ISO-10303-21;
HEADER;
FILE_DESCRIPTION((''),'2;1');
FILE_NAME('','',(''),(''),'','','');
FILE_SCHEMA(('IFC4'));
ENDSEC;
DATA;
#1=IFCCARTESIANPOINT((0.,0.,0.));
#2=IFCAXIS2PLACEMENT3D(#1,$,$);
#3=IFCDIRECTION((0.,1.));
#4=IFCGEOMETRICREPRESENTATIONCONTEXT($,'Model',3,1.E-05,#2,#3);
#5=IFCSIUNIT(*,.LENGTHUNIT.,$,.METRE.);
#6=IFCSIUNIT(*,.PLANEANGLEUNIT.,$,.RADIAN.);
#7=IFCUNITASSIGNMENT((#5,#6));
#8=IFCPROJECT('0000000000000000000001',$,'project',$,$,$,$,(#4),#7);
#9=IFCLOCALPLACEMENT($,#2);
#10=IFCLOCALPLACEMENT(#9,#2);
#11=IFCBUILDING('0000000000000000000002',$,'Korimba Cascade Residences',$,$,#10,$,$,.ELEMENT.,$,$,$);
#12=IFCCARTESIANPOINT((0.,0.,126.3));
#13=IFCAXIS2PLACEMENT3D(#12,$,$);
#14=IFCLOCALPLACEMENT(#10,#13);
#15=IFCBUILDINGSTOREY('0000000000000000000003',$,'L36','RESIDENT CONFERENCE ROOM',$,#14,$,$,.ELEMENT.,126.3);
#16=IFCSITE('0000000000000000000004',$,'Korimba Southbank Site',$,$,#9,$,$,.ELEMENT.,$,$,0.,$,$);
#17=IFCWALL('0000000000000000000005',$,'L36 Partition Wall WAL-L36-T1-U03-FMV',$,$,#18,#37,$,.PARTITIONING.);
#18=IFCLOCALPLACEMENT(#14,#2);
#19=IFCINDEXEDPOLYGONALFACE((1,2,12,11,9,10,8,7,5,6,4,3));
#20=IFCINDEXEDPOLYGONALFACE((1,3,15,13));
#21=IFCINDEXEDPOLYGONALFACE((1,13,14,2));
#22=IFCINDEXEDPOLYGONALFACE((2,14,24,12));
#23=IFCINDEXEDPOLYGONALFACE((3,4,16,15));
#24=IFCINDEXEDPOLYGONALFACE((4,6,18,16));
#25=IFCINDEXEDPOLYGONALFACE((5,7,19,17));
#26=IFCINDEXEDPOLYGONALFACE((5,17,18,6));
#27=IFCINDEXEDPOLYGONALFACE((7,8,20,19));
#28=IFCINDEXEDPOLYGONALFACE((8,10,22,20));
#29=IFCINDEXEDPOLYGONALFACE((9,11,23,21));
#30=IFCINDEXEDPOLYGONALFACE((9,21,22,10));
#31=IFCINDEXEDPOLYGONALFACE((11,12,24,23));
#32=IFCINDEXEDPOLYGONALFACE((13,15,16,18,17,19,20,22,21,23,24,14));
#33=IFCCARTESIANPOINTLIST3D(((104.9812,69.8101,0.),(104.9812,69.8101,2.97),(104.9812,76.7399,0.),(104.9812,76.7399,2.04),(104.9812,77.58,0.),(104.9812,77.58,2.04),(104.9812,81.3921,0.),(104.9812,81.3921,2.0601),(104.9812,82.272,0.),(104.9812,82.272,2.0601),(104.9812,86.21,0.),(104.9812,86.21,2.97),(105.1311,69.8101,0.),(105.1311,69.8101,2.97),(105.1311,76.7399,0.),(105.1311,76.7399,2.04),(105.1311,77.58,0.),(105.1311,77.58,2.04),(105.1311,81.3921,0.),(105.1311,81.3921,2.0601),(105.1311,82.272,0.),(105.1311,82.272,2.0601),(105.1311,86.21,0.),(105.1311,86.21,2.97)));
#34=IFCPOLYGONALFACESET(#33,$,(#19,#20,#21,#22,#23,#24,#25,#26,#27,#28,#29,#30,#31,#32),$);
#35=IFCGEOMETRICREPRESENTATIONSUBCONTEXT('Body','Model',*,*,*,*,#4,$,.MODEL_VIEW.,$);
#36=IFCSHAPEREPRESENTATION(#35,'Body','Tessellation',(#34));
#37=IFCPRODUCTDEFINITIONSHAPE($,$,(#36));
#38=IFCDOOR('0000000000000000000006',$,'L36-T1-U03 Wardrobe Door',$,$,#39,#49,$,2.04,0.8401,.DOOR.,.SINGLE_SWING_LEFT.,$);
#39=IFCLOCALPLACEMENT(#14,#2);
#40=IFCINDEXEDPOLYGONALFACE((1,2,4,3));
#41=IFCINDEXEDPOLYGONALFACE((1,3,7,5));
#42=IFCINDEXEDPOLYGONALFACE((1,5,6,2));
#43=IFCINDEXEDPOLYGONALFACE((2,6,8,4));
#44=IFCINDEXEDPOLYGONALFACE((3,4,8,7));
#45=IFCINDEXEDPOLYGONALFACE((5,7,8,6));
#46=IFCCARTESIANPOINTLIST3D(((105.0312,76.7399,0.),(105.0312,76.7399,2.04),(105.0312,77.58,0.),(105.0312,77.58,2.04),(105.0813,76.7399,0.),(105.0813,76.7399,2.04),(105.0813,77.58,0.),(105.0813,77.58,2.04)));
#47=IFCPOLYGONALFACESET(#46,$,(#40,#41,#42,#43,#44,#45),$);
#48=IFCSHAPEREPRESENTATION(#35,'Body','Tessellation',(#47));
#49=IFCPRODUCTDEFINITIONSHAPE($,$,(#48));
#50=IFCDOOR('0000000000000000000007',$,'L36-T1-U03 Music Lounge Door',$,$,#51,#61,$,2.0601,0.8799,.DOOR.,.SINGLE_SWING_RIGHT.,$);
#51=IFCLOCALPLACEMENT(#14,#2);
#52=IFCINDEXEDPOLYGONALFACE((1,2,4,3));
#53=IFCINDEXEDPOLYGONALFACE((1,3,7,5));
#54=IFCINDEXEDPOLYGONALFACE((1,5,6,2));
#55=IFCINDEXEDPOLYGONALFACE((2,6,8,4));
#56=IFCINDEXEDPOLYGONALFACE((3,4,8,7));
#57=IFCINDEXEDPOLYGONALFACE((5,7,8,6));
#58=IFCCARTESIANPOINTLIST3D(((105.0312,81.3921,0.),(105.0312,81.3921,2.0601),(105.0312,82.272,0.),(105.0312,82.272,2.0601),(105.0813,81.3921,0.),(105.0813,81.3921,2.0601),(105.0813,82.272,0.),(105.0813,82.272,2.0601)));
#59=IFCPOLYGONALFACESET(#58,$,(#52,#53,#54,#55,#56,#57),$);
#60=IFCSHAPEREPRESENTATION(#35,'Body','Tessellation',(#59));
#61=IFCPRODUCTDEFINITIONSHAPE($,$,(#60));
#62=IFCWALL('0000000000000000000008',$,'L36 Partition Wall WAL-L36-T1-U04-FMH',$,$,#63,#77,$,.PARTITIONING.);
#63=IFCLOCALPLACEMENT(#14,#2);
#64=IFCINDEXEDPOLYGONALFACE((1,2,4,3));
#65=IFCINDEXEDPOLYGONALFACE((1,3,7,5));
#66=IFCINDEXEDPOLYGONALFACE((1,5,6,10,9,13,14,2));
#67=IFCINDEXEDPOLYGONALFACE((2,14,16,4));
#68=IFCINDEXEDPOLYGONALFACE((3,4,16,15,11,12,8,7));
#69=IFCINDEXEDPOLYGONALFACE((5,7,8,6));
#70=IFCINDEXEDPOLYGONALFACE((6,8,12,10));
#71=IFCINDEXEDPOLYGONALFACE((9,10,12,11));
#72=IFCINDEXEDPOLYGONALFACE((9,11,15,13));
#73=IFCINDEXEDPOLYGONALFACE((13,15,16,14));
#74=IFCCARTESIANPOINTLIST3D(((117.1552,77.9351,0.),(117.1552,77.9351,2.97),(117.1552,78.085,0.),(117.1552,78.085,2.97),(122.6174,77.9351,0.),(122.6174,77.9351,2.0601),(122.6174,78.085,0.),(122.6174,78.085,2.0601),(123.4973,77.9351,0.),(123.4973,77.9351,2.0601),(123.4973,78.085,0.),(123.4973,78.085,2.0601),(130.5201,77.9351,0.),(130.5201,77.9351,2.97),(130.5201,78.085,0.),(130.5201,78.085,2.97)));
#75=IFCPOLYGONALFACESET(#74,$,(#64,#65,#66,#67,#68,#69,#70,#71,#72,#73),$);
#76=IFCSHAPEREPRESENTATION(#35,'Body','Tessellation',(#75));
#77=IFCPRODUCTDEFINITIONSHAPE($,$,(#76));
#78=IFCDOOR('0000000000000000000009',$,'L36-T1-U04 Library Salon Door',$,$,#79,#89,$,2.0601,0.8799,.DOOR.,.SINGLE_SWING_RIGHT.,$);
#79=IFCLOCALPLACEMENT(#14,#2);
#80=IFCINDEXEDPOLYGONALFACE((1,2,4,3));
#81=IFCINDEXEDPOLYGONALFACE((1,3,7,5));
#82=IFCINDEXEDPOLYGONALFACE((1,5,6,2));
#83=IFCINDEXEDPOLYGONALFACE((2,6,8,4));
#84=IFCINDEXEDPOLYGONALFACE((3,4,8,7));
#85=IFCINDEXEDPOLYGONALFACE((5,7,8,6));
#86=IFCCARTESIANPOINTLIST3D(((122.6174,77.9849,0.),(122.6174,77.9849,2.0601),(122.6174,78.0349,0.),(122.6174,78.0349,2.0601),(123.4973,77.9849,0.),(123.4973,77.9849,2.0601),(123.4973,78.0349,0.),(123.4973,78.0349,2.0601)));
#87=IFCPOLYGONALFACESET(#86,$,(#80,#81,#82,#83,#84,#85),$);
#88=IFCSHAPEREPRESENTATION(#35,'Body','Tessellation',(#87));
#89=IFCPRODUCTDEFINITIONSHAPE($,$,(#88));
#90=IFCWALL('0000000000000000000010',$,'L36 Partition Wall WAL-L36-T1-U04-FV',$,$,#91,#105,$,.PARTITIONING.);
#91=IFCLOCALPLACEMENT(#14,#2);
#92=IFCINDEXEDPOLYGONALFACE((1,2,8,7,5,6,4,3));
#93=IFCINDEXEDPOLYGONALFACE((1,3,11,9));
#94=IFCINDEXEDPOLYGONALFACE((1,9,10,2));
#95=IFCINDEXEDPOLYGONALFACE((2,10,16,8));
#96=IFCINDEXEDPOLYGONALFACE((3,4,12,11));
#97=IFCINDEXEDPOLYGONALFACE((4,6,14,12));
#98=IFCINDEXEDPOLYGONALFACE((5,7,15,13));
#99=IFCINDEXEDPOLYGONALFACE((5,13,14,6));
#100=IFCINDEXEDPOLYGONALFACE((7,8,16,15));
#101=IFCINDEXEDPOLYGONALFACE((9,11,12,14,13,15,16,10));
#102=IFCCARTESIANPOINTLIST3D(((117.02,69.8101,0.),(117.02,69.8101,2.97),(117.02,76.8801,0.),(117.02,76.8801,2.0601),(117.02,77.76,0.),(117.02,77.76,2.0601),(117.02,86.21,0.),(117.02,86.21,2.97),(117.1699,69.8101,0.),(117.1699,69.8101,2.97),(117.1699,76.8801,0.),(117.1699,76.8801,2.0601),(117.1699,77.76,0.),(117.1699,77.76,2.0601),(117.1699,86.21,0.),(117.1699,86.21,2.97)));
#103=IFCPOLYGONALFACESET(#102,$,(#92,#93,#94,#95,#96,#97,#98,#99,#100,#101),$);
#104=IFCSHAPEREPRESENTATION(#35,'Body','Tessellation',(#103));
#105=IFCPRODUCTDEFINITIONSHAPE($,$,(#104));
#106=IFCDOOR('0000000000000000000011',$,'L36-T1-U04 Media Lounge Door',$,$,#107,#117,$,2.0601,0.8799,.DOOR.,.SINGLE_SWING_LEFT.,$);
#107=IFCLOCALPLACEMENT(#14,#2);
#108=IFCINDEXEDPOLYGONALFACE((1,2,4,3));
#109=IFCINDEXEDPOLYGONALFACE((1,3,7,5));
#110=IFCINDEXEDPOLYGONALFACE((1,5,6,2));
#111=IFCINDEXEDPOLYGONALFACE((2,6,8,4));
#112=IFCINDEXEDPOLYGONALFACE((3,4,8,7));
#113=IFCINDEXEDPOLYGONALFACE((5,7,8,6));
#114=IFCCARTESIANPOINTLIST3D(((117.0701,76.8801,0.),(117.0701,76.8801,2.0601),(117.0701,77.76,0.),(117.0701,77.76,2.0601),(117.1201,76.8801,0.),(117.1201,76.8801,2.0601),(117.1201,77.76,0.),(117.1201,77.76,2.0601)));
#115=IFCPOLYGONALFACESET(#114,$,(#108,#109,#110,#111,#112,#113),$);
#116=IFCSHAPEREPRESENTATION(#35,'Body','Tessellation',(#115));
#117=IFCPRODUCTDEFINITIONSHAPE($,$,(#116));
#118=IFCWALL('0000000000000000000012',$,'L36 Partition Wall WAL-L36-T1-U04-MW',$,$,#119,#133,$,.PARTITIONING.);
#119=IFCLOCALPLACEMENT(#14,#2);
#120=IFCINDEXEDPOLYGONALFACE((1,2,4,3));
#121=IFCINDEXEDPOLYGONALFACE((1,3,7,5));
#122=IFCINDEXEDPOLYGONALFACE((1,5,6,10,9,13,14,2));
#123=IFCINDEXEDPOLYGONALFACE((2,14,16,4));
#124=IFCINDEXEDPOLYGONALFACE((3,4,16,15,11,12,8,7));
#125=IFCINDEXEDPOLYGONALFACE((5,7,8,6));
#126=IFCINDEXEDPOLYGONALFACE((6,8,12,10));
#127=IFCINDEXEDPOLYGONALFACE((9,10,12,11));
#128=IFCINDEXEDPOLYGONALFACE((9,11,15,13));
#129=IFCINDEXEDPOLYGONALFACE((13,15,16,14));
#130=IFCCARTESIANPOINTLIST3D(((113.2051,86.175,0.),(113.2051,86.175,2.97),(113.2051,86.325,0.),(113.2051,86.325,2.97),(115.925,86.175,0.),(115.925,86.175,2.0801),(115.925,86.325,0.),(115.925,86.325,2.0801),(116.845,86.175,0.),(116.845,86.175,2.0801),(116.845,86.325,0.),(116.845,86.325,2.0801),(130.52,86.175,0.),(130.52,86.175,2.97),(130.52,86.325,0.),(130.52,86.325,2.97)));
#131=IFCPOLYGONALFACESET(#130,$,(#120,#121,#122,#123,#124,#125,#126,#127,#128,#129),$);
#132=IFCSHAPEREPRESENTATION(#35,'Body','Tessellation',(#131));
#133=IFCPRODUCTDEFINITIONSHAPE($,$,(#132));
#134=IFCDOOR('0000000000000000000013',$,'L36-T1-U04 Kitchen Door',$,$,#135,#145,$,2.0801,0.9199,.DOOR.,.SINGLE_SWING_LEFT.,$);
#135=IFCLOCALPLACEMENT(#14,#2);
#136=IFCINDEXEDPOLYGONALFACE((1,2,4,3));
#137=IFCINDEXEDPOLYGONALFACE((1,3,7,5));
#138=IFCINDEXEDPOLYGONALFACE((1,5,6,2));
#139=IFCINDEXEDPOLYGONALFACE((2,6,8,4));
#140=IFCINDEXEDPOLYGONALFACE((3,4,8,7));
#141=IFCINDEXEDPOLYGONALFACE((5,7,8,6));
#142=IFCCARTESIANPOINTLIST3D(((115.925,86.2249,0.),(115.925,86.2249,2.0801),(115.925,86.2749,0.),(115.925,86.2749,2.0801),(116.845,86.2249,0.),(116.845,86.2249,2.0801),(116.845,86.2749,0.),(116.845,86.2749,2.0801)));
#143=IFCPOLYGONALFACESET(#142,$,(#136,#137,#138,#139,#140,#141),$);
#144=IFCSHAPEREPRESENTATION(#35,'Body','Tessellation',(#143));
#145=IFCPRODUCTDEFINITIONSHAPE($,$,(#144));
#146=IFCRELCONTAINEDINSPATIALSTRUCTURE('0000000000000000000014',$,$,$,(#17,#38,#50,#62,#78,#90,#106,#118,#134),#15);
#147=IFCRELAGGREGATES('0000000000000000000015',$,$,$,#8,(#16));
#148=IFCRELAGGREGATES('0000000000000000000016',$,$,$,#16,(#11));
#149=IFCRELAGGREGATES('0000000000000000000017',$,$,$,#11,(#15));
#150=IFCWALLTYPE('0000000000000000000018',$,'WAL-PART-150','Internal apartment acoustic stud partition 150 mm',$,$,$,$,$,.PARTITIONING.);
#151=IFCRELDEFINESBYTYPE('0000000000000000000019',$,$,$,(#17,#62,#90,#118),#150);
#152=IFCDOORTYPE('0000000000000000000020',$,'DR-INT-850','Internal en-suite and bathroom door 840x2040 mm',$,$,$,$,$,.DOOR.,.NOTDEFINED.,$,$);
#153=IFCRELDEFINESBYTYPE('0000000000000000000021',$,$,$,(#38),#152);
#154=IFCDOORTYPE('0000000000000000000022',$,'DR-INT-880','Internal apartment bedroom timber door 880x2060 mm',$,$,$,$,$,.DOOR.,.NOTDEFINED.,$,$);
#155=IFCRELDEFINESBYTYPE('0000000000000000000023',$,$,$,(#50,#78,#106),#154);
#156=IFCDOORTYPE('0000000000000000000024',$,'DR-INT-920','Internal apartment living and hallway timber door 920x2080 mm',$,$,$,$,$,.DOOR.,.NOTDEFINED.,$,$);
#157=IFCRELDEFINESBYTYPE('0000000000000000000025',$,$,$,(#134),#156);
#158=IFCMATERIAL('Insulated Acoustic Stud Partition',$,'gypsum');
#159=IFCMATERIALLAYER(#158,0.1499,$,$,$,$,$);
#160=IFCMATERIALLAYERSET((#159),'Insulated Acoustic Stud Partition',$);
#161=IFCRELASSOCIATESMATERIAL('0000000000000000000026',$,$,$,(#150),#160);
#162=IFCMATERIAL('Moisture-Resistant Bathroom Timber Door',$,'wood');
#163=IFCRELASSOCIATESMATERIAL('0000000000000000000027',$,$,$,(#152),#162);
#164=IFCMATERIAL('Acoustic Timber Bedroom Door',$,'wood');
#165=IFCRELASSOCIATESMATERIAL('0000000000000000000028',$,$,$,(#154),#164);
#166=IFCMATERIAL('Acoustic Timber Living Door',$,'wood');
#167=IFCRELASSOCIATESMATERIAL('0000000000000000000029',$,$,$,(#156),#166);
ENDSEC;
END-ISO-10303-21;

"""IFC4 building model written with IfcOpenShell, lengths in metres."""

from ifc_helpers import new_model, si_unit, direction, frame, frame_2d, origin, place, context, subcontext, project, spatial, rectangle, extrude, material, layer, layer_set, type_object, element, fill, save


model = new_model("IFC4")

# Units and contexts
model_context = context("Model", 3, precision=1e-05, world=origin(), true_north=direction((0.0, 1.0)))
body_context = subcontext(model_context, "Body", "Model", "MODEL_VIEW")
ifc_project = project(units=[si_unit("LENGTHUNIT", "METRE"), si_unit("PLANEANGLEUNIT", "RADIAN")], contexts=[model_context])

# Site, building, storey
site_placement = place(None, origin())
site = spatial("IfcSite", under=ifc_project, at=site_placement, Name="Korimba Southbank Site", CompositionType="ELEMENT", RefElevation=0.0)
building_placement = place(site_placement, origin())
building = spatial("IfcBuilding", under=site, at=building_placement, Name="Korimba Cascade Residences", CompositionType="ELEMENT")
storey_placement = place(building_placement, frame((0.0, 0.0, 126.3)))
storey = spatial("IfcBuildingStorey", under=building, at=storey_placement, Name="L36", Description="RESIDENT CONFERENCE ROOM", CompositionType="ELEMENT", Elevation=126.3)

# Wall, openings, doors
ifc_material_1 = material(Name="Insulated Acoustic Stud Partition", Category="gypsum")
ifc_layer_1 = layer(ifc_material_1, 0.1499)
ifc_layer_set_1 = layer_set([ifc_layer_1], Name="Insulated Acoustic Stud Partition")
wall_type_1 = type_object("IfcWallType", Name="WAL-PART-150", Description="Internal apartment acoustic stud partition 150 mm", PredefinedType="PARTITIONING", material=ifc_layer_set_1)
wall_1_placement = place(storey_placement, frame((105.0562, 69.8101, 0.0), z_axis=(0.0, 0.0, 1.0), x_axis=(0.0, 1.0, 0.0)))
wall_1 = element("IfcWall", 1, at=wall_1_placement, inside=storey, type_object=wall_type_1, Name="L36 Partition Wall WAL-L36-T1-U03-FMV", PredefinedType="PARTITIONING", context=body_context, shape_type="SweptSolid", body=[
    extrude(rectangle(XDim=16.3999, YDim=0.1499, at=frame_2d((8.2, 0.0))), origin(), (0.0, 0.0, 1.0), 2.97),
])
opening_1_placement = place(wall_1_placement, frame((6.9299, 0.0, 0.0)))
opening_1 = element("IfcOpeningElement", 2, at=opening_1_placement, cuts=wall_1, PredefinedType="OPENING", context=body_context, shape_type="SweptSolid", body=[
    extrude(rectangle(XDim=0.8401, YDim=2.04, at=frame_2d((0.4199, 1.02))), frame((0.0, 0.085, 0.0), z_axis=(0.0, -1.0, 0.0), x_axis=(1.0, 0.0, 0.0)), (0.0, 0.0, 1.0), 0.1699),
])
opening_2_placement = place(wall_1_placement, frame((11.582, 0.0, 0.0)))
opening_2 = element("IfcOpeningElement", 3, at=opening_2_placement, cuts=wall_1, PredefinedType="OPENING", context=body_context, shape_type="SweptSolid", body=[
    extrude(rectangle(XDim=0.8799, YDim=2.0601, at=frame_2d((0.4399, 1.03))), frame((0.0, 0.085, 0.0), z_axis=(0.0, -1.0, 0.0), x_axis=(1.0, 0.0, 0.0)), (0.0, 0.0, 1.0), 0.1699),
])
ifc_material_2 = material(Name="Moisture-Resistant Bathroom Timber Door", Category="wood")
door_type_1 = type_object("IfcDoorType", Name="DR-INT-850", Description="Internal en-suite and bathroom door 840x2040 mm", OperationType="NOTDEFINED", PredefinedType="DOOR", material=ifc_material_2)
door_1_placement = place(opening_1_placement, origin())
door_1 = element("IfcDoor", 4, at=door_1_placement, inside=storey, type_object=door_type_1, Name="L36-T1-U03 Wardrobe Door", OperationType="SINGLE_SWING_LEFT", OverallHeight=2.04, OverallWidth=0.8401, PredefinedType="DOOR", context=body_context, shape_type="SweptSolid", body=[
    extrude(rectangle(XDim=0.8401, YDim=2.04, at=frame_2d((0.4199, 1.02))), frame((0.0, 0.0249, 0.0), z_axis=(0.0, -1.0, 0.0), x_axis=(1.0, 0.0, 0.0)), (0.0, 0.0, 1.0), 0.05),
])
fill(opening_1, door_1)
ifc_material_3 = material(Name="Acoustic Timber Bedroom Door", Category="wood")
door_type_2 = type_object("IfcDoorType", Name="DR-INT-880", Description="Internal apartment bedroom timber door 880x2060 mm", OperationType="NOTDEFINED", PredefinedType="DOOR", material=ifc_material_3)
door_2_placement = place(opening_2_placement, origin())
door_2 = element("IfcDoor", 5, at=door_2_placement, inside=storey, type_object=door_type_2, Name="L36-T1-U03 Music Lounge Door", OperationType="SINGLE_SWING_RIGHT", OverallHeight=2.0601, OverallWidth=0.8799, PredefinedType="DOOR", context=body_context, shape_type="SweptSolid", body=[
    extrude(rectangle(XDim=0.8799, YDim=2.0601, at=frame_2d((0.4399, 1.03))), frame((0.0, 0.0249, 0.0), z_axis=(0.0, -1.0, 0.0), x_axis=(1.0, 0.0, 0.0)), (0.0, 0.0, 1.0), 0.05),
])
fill(opening_2, door_2)

# Walls, openings, doors
wall_2_placement = place(storey_placement, frame((117.155, 78.01, 0.0), z_axis=(0.0, 0.0, 1.0), x_axis=(1.0, 0.0, 0.0)))
wall_2 = element("IfcWall", 6, at=wall_2_placement, inside=storey, type_object=wall_type_1, Name="L36 Partition Wall WAL-L36-T1-U04-FMH", PredefinedType="PARTITIONING", context=body_context, shape_type="SweptSolid", body=[
    extrude(rectangle(XDim=13.365, YDim=0.1499, at=frame_2d((6.6826, 0.0))), origin(), (0.0, 0.0, 1.0), 2.97),
])
opening_3_placement = place(wall_2_placement, frame((5.4624, 0.0, 0.0)))
opening_3 = element("IfcOpeningElement", 7, at=opening_3_placement, cuts=wall_2, PredefinedType="OPENING", context=body_context, shape_type="SweptSolid", body=[
    extrude(rectangle(XDim=0.8799, YDim=2.0601, at=frame_2d((0.4399, 1.03))), frame((0.0, 0.085, 0.0), z_axis=(0.0, -1.0, 0.0), x_axis=(1.0, 0.0, 0.0)), (0.0, 0.0, 1.0), 0.1699),
])
door_3_placement = place(opening_3_placement, origin())
door_3 = element("IfcDoor", 8, at=door_3_placement, inside=storey, type_object=door_type_2, Name="L36-T1-U04 Library Salon Door", OperationType="SINGLE_SWING_RIGHT", OverallHeight=2.0601, OverallWidth=0.8799, PredefinedType="DOOR", context=body_context, shape_type="SweptSolid", body=[
    extrude(rectangle(XDim=0.8799, YDim=2.0601, at=frame_2d((0.4399, 1.03))), frame((0.0, 0.0249, 0.0), z_axis=(0.0, -1.0, 0.0), x_axis=(1.0, 0.0, 0.0)), (0.0, 0.0, 1.0), 0.05),
])
fill(opening_3, door_3)
wall_3_placement = place(storey_placement, frame((117.095, 69.8101, 0.0), z_axis=(0.0, 0.0, 1.0), x_axis=(0.0, 1.0, 0.0)))
wall_3 = element("IfcWall", 9, at=wall_3_placement, inside=storey, type_object=wall_type_1, Name="L36 Partition Wall WAL-L36-T1-U04-FV", PredefinedType="PARTITIONING", context=body_context, shape_type="SweptSolid", body=[
    extrude(rectangle(XDim=16.3999, YDim=0.1499, at=frame_2d((8.2, 0.0))), origin(), (0.0, 0.0, 1.0), 2.97),
])
opening_4_placement = place(wall_3_placement, frame((7.0701, 0.0, 0.0)))
opening_4 = element("IfcOpeningElement", 10, at=opening_4_placement, cuts=wall_3, PredefinedType="OPENING", context=body_context, shape_type="SweptSolid", body=[
    extrude(rectangle(XDim=0.8799, YDim=2.0601, at=frame_2d((0.4399, 1.03))), frame((0.0, 0.085, 0.0), z_axis=(0.0, -1.0, 0.0), x_axis=(1.0, 0.0, 0.0)), (0.0, 0.0, 1.0), 0.1699),
])
door_4_placement = place(opening_4_placement, origin())
door_4 = element("IfcDoor", 11, at=door_4_placement, inside=storey, type_object=door_type_2, Name="L36-T1-U04 Media Lounge Door", OperationType="SINGLE_SWING_LEFT", OverallHeight=2.0601, OverallWidth=0.8799, PredefinedType="DOOR", context=body_context, shape_type="SweptSolid", body=[
    extrude(rectangle(XDim=0.8799, YDim=2.0601, at=frame_2d((0.4399, 1.03))), frame((0.0, 0.0249, 0.0), z_axis=(0.0, -1.0, 0.0), x_axis=(1.0, 0.0, 0.0)), (0.0, 0.0, 1.0), 0.05),
])
fill(opening_4, door_4)
wall_4_placement = place(storey_placement, frame((113.2051, 86.25, 0.0), z_axis=(0.0, 0.0, 1.0), x_axis=(1.0, 0.0, 0.0)))
wall_4 = element("IfcWall", 12, at=wall_4_placement, inside=storey, type_object=wall_type_1, Name="L36 Partition Wall WAL-L36-T1-U04-MW", PredefinedType="PARTITIONING", context=body_context, shape_type="SweptSolid", body=[
    extrude(rectangle(XDim=17.3149, YDim=0.1499, at=frame_2d((8.6575, 0.0))), origin(), (0.0, 0.0, 1.0), 2.97),
])
opening_5_placement = place(wall_4_placement, frame((2.72, 0.0, 0.0)))
opening_5 = element("IfcOpeningElement", 13, at=opening_5_placement, cuts=wall_4, PredefinedType="OPENING", context=body_context, shape_type="SweptSolid", body=[
    extrude(rectangle(XDim=0.9199, YDim=2.0801, at=frame_2d((0.46, 1.04))), frame((0.0, 0.085, 0.0), z_axis=(0.0, -1.0, 0.0), x_axis=(1.0, 0.0, 0.0)), (0.0, 0.0, 1.0), 0.1699),
])
ifc_material_4 = material(Name="Acoustic Timber Living Door", Category="wood")
door_type_3 = type_object("IfcDoorType", Name="DR-INT-920", Description="Internal apartment living and hallway timber door 920x2080 mm", OperationType="NOTDEFINED", PredefinedType="DOOR", material=ifc_material_4)
door_5_placement = place(opening_5_placement, origin())
door_5 = element("IfcDoor", 14, at=door_5_placement, inside=storey, type_object=door_type_3, Name="L36-T1-U04 Kitchen Door", OperationType="SINGLE_SWING_LEFT", OverallHeight=2.0801, OverallWidth=0.9199, PredefinedType="DOOR", context=body_context, shape_type="SweptSolid", body=[
    extrude(rectangle(XDim=0.9199, YDim=2.0801, at=frame_2d((0.46, 1.04))), frame((0.0, 0.0249, 0.0), z_axis=(0.0, -1.0, 0.0), x_axis=(1.0, 0.0, 0.0)), (0.0, 0.0, 1.0), 0.05),
])
fill(opening_5, door_5)

save(model, "model.ifc")
